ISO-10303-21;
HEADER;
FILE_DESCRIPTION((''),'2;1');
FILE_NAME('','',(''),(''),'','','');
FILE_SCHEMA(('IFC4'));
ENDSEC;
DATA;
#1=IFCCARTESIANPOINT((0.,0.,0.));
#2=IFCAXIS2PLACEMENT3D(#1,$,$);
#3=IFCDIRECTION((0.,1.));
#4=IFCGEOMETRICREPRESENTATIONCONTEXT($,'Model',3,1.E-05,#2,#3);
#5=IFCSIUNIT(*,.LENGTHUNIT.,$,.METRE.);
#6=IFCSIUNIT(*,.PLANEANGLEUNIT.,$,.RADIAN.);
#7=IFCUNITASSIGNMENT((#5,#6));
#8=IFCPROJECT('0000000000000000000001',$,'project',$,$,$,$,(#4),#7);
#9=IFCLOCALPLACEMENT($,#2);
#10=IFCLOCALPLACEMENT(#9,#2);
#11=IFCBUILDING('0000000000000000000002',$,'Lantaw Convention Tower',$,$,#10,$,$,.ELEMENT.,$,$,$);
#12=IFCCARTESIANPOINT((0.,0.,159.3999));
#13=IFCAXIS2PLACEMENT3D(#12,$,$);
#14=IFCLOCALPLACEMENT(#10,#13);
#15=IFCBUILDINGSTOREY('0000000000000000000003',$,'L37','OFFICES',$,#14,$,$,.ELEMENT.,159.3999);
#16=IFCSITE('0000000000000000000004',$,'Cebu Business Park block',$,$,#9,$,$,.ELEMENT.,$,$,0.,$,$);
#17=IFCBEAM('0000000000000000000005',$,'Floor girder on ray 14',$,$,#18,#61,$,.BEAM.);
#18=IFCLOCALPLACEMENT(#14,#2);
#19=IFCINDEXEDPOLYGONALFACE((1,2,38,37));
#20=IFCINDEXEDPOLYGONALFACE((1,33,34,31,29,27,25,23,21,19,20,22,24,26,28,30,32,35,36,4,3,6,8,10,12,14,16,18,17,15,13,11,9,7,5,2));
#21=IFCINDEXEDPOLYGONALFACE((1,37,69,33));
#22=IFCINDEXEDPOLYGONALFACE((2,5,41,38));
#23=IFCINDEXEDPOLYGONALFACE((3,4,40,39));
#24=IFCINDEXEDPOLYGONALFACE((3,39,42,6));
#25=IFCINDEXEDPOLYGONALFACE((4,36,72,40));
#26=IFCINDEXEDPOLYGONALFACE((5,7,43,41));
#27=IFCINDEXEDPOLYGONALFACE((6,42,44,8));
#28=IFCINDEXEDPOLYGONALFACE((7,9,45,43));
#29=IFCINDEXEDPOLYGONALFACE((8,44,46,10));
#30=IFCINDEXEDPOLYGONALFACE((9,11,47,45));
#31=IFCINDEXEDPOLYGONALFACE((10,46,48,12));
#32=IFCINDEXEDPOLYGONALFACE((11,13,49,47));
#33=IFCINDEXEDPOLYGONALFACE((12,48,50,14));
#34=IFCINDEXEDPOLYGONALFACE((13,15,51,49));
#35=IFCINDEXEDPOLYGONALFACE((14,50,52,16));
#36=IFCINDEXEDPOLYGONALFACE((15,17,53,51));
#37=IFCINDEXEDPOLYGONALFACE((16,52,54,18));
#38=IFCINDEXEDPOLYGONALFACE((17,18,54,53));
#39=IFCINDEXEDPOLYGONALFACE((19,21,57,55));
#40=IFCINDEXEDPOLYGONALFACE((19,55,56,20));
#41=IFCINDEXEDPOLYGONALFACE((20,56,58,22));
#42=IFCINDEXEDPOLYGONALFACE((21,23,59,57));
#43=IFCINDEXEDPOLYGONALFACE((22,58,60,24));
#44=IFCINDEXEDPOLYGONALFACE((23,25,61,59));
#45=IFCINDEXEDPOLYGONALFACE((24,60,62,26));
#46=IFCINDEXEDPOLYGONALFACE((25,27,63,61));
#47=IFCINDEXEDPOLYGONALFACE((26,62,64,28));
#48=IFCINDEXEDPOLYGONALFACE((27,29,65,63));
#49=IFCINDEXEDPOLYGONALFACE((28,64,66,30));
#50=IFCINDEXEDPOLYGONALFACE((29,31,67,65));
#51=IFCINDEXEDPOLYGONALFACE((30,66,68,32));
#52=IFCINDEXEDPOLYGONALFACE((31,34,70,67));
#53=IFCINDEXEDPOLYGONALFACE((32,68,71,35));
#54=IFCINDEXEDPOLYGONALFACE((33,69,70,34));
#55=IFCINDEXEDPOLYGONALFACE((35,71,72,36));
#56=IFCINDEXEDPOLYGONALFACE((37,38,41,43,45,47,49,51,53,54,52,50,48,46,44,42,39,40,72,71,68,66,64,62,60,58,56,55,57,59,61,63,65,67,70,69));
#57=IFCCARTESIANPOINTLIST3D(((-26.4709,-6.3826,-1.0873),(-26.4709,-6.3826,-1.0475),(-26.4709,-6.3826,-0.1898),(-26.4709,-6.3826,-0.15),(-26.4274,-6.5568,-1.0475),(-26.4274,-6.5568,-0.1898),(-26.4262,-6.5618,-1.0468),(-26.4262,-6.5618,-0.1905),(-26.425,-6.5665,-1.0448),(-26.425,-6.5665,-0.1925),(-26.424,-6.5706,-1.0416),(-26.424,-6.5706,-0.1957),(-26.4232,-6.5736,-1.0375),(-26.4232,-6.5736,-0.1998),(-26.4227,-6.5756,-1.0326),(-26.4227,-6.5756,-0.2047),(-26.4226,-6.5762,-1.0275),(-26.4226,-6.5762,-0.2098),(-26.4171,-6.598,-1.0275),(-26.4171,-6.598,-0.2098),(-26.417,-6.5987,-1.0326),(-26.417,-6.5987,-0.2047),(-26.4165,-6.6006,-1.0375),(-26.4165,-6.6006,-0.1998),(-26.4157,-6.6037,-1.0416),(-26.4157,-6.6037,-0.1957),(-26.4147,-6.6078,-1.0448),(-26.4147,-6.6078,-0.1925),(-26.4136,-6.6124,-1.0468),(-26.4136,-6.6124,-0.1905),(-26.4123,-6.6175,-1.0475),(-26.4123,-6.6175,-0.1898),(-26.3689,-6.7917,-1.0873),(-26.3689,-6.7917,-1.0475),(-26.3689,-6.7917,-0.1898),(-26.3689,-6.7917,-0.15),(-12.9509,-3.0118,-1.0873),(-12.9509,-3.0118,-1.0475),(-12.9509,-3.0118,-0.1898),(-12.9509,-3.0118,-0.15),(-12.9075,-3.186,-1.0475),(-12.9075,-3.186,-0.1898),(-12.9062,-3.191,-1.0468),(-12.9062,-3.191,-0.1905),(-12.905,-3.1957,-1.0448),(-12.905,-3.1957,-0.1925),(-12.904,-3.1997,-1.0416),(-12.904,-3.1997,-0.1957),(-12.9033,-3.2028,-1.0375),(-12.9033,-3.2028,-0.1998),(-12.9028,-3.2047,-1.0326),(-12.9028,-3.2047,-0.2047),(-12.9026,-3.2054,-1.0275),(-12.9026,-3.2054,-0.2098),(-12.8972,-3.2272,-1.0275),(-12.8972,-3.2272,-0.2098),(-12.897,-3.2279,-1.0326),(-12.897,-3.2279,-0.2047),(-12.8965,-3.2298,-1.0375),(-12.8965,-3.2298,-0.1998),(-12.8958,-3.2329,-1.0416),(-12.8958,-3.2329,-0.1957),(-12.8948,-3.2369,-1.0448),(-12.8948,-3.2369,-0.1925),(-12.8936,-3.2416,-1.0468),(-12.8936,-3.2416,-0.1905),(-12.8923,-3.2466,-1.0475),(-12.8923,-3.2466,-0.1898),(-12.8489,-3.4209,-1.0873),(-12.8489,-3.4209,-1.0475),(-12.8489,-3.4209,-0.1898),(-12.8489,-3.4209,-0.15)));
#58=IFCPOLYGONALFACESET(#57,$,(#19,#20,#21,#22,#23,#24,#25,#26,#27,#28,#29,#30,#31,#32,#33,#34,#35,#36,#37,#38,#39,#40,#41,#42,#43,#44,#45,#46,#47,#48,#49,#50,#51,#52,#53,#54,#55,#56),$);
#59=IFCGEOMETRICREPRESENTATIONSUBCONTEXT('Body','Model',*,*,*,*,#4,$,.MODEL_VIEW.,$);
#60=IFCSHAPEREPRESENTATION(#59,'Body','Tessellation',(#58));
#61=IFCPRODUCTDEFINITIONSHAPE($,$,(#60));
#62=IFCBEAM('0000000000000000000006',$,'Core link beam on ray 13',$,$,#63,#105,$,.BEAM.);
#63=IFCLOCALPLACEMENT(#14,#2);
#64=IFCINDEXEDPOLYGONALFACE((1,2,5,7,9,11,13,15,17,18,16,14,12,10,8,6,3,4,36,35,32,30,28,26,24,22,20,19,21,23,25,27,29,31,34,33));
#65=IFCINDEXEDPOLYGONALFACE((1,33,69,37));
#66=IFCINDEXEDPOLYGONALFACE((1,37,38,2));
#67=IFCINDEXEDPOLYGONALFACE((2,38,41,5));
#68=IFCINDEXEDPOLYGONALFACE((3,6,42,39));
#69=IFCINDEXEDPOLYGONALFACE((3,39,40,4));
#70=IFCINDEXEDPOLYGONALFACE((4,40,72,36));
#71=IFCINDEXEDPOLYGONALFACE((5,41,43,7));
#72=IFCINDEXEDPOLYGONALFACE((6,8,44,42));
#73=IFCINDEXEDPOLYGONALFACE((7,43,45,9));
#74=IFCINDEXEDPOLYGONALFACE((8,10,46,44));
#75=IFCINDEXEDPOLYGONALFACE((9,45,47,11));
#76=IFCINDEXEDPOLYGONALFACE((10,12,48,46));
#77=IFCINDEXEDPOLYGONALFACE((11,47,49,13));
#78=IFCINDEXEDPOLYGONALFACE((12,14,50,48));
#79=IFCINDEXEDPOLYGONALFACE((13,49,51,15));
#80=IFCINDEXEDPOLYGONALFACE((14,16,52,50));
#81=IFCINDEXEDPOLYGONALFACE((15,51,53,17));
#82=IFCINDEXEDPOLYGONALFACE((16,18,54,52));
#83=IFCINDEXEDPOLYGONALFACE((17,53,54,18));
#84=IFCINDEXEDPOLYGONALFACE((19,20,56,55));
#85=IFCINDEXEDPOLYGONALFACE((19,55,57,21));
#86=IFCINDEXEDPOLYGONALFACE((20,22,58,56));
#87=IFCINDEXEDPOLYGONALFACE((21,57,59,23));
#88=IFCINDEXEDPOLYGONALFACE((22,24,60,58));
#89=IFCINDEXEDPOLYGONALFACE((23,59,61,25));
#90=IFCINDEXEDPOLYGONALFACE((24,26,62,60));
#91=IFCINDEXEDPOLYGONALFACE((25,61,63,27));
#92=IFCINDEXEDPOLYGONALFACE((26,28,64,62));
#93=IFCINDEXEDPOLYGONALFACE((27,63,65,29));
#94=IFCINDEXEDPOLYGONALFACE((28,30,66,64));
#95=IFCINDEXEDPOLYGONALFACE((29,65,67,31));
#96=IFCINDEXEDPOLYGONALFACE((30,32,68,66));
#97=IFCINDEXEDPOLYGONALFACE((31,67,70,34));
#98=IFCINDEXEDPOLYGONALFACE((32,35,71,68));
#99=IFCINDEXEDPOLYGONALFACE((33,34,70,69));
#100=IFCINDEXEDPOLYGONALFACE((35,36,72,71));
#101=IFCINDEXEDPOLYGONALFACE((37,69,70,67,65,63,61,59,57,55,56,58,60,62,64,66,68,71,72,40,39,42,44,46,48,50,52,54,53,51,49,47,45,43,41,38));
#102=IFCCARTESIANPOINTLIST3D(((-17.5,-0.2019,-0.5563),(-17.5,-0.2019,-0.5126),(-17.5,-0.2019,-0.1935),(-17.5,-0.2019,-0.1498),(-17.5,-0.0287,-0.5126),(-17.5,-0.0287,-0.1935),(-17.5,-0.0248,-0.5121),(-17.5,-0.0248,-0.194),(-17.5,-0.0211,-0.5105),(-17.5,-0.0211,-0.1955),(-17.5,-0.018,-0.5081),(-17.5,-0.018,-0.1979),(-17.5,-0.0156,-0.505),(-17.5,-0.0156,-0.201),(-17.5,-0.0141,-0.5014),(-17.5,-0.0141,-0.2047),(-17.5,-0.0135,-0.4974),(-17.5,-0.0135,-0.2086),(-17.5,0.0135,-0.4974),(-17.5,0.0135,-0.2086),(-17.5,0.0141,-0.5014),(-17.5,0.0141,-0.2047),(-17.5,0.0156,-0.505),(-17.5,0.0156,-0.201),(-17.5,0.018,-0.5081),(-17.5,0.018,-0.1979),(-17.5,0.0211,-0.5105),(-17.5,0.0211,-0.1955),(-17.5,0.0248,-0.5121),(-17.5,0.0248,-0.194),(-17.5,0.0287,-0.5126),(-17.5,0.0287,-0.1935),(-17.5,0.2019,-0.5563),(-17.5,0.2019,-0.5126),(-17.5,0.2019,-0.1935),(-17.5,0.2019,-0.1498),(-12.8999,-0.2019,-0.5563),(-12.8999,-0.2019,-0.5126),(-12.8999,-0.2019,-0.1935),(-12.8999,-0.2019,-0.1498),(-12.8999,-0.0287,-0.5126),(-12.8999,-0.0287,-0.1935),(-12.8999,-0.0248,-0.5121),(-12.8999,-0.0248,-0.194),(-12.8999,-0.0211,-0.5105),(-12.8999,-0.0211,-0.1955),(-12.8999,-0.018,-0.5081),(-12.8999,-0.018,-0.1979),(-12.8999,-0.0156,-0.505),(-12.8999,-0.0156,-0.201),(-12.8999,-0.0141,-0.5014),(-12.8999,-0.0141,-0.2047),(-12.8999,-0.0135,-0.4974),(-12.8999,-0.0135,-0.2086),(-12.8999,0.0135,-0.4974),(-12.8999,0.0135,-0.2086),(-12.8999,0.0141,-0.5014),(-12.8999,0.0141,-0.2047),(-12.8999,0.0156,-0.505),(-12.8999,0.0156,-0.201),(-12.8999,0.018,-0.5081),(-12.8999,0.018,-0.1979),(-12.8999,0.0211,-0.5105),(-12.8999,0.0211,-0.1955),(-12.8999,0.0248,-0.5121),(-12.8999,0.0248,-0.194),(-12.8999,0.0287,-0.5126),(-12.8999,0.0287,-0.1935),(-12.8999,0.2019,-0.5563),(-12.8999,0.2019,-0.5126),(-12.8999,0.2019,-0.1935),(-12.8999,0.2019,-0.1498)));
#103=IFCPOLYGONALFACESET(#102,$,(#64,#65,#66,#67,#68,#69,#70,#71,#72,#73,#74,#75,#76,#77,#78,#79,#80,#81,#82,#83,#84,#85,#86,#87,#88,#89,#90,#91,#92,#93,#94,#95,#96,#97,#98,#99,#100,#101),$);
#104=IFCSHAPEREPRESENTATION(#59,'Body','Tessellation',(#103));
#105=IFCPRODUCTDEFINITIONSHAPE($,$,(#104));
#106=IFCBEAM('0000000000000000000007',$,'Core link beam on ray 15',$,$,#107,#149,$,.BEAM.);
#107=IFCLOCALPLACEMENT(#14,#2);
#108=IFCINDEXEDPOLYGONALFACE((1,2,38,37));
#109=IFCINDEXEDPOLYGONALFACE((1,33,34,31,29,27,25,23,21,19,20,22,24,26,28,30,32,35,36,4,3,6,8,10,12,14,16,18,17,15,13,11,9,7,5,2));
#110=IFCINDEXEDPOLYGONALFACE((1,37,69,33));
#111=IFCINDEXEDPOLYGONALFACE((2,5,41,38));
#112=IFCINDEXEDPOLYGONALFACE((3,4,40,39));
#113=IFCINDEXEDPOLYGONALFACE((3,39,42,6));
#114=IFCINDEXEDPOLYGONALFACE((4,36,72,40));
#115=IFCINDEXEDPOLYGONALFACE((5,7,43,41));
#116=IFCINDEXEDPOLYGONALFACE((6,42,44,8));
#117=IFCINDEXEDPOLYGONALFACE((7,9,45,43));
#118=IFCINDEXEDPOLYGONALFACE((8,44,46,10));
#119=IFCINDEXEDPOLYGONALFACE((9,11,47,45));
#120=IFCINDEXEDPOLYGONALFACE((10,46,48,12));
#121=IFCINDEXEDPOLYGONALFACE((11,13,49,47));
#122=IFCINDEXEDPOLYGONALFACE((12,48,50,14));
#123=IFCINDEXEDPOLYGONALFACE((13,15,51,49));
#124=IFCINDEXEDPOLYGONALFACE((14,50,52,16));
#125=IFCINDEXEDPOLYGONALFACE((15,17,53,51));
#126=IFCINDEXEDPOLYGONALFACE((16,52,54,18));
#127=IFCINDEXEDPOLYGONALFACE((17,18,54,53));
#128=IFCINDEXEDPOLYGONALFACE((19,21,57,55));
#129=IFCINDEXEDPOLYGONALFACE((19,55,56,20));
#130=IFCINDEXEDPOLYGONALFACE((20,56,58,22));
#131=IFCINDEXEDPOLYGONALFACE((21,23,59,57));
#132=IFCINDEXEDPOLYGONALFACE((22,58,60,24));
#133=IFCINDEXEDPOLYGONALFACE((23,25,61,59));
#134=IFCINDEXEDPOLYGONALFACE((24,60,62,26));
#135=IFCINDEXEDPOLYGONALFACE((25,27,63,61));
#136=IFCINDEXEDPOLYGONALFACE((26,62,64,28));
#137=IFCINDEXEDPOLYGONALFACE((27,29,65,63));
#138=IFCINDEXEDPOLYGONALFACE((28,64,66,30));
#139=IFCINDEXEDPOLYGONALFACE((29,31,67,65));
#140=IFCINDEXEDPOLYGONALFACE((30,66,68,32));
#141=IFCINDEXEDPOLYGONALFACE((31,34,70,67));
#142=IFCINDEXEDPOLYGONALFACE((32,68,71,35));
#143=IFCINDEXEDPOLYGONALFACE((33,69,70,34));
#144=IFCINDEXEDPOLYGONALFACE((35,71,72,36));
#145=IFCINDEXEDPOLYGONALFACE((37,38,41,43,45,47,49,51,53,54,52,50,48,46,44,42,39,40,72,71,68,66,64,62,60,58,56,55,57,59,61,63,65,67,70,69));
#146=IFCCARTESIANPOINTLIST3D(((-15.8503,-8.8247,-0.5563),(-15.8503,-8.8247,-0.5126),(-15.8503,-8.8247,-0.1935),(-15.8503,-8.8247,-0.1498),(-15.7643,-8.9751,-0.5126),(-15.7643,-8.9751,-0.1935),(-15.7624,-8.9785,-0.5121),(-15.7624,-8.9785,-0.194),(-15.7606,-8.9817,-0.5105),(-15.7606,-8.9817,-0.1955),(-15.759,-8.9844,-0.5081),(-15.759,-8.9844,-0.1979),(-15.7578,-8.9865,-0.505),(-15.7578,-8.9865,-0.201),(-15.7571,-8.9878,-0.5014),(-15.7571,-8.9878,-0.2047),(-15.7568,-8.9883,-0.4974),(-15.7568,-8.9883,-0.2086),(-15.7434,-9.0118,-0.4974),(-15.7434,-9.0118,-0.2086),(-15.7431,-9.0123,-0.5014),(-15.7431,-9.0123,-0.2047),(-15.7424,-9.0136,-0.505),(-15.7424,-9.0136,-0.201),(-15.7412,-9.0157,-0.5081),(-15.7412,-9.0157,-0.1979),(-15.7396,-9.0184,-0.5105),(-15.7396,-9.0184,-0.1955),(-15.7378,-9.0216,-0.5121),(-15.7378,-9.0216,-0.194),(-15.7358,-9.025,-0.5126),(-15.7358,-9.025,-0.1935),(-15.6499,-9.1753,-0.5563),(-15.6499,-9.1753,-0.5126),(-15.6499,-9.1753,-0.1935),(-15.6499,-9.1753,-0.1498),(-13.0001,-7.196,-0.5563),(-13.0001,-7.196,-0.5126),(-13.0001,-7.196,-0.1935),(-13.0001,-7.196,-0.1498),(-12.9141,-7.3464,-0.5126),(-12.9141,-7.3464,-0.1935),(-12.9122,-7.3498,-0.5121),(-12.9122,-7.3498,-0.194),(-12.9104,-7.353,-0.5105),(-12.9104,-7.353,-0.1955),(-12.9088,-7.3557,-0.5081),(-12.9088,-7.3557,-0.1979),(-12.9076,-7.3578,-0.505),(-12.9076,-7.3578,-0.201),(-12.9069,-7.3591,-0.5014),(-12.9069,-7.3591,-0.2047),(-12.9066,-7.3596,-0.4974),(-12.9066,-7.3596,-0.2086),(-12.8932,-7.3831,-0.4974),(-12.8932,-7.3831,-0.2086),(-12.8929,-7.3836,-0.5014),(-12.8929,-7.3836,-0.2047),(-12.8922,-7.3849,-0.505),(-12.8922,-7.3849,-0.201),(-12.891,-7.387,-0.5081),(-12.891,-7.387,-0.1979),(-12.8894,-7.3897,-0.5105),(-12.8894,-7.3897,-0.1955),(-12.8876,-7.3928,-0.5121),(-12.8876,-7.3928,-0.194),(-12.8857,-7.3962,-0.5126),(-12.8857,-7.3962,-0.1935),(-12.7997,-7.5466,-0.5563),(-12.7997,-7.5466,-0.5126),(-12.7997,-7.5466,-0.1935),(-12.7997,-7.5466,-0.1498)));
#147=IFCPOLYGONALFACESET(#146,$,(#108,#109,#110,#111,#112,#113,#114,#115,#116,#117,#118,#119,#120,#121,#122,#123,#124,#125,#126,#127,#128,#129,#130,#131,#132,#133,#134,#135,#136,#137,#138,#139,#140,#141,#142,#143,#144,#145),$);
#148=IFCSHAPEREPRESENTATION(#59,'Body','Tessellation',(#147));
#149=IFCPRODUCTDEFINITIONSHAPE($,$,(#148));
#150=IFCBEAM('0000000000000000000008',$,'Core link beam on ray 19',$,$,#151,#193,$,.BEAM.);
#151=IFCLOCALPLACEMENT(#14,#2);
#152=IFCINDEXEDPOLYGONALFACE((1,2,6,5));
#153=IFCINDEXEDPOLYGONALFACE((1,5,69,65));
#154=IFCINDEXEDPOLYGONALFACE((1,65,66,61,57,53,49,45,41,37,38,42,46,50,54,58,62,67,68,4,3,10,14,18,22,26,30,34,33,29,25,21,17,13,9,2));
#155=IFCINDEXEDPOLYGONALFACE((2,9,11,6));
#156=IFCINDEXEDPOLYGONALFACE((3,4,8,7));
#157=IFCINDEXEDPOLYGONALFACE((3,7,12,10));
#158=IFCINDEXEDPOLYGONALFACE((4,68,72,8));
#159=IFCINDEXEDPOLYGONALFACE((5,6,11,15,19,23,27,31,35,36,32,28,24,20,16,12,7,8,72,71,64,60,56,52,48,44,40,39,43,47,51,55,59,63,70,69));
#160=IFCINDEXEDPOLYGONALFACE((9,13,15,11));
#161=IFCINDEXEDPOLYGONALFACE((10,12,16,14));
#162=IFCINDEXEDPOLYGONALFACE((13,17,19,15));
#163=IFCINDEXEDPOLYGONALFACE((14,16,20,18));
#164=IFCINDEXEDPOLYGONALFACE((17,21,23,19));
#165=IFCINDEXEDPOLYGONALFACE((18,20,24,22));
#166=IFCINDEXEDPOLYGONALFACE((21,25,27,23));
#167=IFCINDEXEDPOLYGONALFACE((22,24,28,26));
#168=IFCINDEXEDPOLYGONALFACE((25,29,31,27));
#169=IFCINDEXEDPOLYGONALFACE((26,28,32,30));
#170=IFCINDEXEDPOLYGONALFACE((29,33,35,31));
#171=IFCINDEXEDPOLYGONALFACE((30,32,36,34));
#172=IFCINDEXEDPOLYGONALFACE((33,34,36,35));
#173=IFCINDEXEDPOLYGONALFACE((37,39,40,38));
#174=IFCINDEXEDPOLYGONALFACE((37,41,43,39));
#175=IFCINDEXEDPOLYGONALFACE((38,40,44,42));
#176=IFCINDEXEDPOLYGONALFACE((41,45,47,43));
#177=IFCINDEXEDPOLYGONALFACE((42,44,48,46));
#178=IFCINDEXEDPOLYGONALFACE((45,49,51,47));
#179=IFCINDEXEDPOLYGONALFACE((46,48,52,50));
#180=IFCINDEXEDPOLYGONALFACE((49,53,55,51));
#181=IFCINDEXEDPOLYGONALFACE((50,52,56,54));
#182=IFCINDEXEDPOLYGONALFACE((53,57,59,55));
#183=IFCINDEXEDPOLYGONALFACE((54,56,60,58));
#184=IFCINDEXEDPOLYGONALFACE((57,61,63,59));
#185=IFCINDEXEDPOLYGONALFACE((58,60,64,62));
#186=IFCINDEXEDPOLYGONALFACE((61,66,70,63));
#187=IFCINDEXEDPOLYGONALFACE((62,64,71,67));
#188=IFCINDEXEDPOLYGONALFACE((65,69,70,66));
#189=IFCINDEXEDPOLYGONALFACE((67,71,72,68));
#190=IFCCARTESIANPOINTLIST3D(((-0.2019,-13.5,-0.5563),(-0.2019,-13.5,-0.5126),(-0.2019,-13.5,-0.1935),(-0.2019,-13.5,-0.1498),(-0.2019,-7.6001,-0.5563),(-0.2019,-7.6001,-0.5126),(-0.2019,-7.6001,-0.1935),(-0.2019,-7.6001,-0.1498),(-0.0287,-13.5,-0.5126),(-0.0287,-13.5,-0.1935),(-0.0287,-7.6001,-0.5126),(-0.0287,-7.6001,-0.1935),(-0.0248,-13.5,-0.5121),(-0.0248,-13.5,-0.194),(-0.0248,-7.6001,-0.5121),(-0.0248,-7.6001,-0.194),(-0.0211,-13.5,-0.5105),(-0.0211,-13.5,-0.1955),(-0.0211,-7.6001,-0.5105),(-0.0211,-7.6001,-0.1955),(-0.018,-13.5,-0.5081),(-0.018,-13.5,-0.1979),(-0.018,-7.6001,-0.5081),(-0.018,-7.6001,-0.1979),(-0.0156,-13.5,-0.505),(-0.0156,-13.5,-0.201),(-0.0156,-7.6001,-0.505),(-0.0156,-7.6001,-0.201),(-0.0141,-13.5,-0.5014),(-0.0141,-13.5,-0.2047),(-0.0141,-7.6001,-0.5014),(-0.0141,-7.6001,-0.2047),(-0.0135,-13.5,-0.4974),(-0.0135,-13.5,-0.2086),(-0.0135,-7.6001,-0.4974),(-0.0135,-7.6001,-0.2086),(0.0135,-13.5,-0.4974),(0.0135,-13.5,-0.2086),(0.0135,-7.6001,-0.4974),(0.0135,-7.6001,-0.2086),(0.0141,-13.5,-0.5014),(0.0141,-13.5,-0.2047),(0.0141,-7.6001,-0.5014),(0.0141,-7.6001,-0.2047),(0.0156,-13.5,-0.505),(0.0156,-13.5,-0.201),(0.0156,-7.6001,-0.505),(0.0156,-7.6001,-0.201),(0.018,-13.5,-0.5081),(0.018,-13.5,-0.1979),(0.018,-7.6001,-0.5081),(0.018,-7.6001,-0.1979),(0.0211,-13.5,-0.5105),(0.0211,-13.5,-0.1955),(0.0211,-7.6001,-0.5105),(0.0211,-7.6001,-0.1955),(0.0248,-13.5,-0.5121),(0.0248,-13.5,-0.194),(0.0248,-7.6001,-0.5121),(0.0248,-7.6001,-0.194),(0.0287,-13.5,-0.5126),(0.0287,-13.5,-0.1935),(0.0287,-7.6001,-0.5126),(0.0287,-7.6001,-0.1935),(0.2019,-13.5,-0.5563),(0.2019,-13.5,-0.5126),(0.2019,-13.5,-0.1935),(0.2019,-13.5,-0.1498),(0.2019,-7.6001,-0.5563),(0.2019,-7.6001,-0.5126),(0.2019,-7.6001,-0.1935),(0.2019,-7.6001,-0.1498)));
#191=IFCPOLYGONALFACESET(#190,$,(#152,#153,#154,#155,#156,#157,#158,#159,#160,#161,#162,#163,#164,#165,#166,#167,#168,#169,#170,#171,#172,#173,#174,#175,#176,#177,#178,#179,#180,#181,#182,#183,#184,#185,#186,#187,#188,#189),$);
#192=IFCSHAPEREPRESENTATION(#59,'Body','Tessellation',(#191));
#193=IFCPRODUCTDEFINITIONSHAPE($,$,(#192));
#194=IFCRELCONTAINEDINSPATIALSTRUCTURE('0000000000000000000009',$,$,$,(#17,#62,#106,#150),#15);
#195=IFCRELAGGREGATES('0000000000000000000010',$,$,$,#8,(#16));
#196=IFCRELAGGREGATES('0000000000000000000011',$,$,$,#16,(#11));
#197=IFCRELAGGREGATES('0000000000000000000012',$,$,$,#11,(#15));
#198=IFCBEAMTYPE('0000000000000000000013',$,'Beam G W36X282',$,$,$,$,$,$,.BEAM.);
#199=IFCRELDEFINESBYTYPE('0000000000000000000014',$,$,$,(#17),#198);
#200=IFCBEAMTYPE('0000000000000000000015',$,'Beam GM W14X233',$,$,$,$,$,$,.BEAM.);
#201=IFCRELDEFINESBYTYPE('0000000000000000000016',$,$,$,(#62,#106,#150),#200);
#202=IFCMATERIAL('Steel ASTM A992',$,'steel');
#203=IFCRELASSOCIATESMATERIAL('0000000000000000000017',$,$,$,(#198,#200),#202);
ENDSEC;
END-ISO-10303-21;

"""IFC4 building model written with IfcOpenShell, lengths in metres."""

from ifc_helpers import new_model, si_unit, direction, frame, origin, origin_2d, place, context, subcontext, project, spatial, i_section, extrude, material, material_profile, profile_set, type_object, element, save


model = new_model("IFC4")

# Units and contexts
model_context = context("Model", 3, precision=1e-05, world=origin(), true_north=direction((0.0, 1.0)))
body_context = subcontext(model_context, "Body", "Model", "MODEL_VIEW")
ifc_project = project(units=[si_unit("LENGTHUNIT", "METRE"), si_unit("PLANEANGLEUNIT", "RADIAN")], contexts=[model_context])

# Site, building, storey
site_placement = place(None, origin())
site = spatial("IfcSite", under=ifc_project, at=site_placement, Name="Cebu Business Park block", CompositionType="ELEMENT", RefElevation=0.0)
building_placement = place(site_placement, origin())
building = spatial("IfcBuilding", under=site, at=building_placement, Name="Lantaw Convention Tower", CompositionType="ELEMENT")
storey_placement = place(building_placement, frame((0.0, 0.0, 159.3999)))
storey = spatial("IfcBuildingStorey", under=building, at=storey_placement, Name="L37", Description="OFFICES", CompositionType="ELEMENT", Elevation=159.3999)

# Beams
ifc_material_1 = material(Name="Steel ASTM A992", Category="steel")
ifc_material_profile_1 = material_profile(ifc_material_1, i_section(OverallWidth=0.4216, OverallDepth=0.9373, WebThickness=0.0225, FlangeThickness=0.0398, FilletRadius=0.02, at=origin_2d()), Name="W36X282")
ifc_profile_set_1 = profile_set([ifc_material_profile_1], Name="Steel ASTM A992")
beam_type_1 = type_object("IfcBeamType", Name="Beam G W36X282", PredefinedType="BEAM", material=ifc_profile_set_1)
beam_1_placement = place(storey_placement, frame((-12.8999, -3.2163, -0.6187), z_axis=(-0.970297, -0.241917, 0.0), x_axis=(0.241917, -0.970297, 0.0)))
element("IfcBeam", 1, at=beam_1_placement, inside=storey, type_object=beam_type_1, Name="Floor girder on ray 14", PredefinedType="BEAM", context=body_context, shape_type="SweptSolid", body=[
    extrude(i_section(OverallWidth=0.4216, OverallDepth=0.9373, WebThickness=0.0225, FlangeThickness=0.0398, FilletRadius=0.02, at=origin_2d()), origin(), (0.0, 0.0, 1.0), 13.9338),
])
ifc_material_profile_2 = material_profile(ifc_material_1, i_section(OverallWidth=0.4038, OverallDepth=0.4065, WebThickness=0.0271, FlangeThickness=0.0437, FilletRadius=0.0151, at=origin_2d()), Name="W14X233")
ifc_profile_set_2 = profile_set([ifc_material_profile_2], Name="Steel ASTM A992")
beam_type_2 = type_object("IfcBeamType", Name="Beam GM W14X233", PredefinedType="BEAM", material=ifc_profile_set_2)
beam_2_placement = place(storey_placement, frame((-12.8999, 0.0, -0.353), z_axis=(-1.0, 0.0, 0.0), x_axis=(0.0, -1.0, 0.0)))
element("IfcBeam", 2, at=beam_2_placement, inside=storey, type_object=beam_type_2, Name="Core link beam on ray 13", PredefinedType="BEAM", context=body_context, shape_type="SweptSolid", body=[
    extrude(i_section(OverallWidth=0.4038, OverallDepth=0.4065, WebThickness=0.0271, FlangeThickness=0.0437, FilletRadius=0.0151, at=origin_2d()), origin(), (0.0, 0.0, 1.0), 4.6001),
])
beam_3_placement = place(storey_placement, frame((-12.8999, -7.3713, -0.353), z_axis=(-0.868239, -0.496147, 0.0), x_axis=(0.496147, -0.868239, 0.0)))
element("IfcBeam", 3, at=beam_3_placement, inside=storey, type_object=beam_type_2, Name="Core link beam on ray 15", PredefinedType="BEAM", context=body_context, shape_type="SweptSolid", body=[
    extrude(i_section(OverallWidth=0.4038, OverallDepth=0.4065, WebThickness=0.0271, FlangeThickness=0.0437, FilletRadius=0.0151, at=origin_2d()), origin(), (0.0, 0.0, 1.0), 3.2827),
])
beam_4_placement = place(storey_placement, frame((0.0, -7.6001, -0.353), z_axis=(0.0, -1.0, 0.0), x_axis=(1.0, 0.0, 0.0)))
element("IfcBeam", 4, at=beam_4_placement, inside=storey, type_object=beam_type_2, Name="Core link beam on ray 19", PredefinedType="BEAM", context=body_context, shape_type="SweptSolid", body=[
    extrude(i_section(OverallWidth=0.4038, OverallDepth=0.4065, WebThickness=0.0271, FlangeThickness=0.0437, FilletRadius=0.0151, at=origin_2d()), origin(), (0.0, 0.0, 1.0), 5.8999),
])

save(model, "model.ifc")
